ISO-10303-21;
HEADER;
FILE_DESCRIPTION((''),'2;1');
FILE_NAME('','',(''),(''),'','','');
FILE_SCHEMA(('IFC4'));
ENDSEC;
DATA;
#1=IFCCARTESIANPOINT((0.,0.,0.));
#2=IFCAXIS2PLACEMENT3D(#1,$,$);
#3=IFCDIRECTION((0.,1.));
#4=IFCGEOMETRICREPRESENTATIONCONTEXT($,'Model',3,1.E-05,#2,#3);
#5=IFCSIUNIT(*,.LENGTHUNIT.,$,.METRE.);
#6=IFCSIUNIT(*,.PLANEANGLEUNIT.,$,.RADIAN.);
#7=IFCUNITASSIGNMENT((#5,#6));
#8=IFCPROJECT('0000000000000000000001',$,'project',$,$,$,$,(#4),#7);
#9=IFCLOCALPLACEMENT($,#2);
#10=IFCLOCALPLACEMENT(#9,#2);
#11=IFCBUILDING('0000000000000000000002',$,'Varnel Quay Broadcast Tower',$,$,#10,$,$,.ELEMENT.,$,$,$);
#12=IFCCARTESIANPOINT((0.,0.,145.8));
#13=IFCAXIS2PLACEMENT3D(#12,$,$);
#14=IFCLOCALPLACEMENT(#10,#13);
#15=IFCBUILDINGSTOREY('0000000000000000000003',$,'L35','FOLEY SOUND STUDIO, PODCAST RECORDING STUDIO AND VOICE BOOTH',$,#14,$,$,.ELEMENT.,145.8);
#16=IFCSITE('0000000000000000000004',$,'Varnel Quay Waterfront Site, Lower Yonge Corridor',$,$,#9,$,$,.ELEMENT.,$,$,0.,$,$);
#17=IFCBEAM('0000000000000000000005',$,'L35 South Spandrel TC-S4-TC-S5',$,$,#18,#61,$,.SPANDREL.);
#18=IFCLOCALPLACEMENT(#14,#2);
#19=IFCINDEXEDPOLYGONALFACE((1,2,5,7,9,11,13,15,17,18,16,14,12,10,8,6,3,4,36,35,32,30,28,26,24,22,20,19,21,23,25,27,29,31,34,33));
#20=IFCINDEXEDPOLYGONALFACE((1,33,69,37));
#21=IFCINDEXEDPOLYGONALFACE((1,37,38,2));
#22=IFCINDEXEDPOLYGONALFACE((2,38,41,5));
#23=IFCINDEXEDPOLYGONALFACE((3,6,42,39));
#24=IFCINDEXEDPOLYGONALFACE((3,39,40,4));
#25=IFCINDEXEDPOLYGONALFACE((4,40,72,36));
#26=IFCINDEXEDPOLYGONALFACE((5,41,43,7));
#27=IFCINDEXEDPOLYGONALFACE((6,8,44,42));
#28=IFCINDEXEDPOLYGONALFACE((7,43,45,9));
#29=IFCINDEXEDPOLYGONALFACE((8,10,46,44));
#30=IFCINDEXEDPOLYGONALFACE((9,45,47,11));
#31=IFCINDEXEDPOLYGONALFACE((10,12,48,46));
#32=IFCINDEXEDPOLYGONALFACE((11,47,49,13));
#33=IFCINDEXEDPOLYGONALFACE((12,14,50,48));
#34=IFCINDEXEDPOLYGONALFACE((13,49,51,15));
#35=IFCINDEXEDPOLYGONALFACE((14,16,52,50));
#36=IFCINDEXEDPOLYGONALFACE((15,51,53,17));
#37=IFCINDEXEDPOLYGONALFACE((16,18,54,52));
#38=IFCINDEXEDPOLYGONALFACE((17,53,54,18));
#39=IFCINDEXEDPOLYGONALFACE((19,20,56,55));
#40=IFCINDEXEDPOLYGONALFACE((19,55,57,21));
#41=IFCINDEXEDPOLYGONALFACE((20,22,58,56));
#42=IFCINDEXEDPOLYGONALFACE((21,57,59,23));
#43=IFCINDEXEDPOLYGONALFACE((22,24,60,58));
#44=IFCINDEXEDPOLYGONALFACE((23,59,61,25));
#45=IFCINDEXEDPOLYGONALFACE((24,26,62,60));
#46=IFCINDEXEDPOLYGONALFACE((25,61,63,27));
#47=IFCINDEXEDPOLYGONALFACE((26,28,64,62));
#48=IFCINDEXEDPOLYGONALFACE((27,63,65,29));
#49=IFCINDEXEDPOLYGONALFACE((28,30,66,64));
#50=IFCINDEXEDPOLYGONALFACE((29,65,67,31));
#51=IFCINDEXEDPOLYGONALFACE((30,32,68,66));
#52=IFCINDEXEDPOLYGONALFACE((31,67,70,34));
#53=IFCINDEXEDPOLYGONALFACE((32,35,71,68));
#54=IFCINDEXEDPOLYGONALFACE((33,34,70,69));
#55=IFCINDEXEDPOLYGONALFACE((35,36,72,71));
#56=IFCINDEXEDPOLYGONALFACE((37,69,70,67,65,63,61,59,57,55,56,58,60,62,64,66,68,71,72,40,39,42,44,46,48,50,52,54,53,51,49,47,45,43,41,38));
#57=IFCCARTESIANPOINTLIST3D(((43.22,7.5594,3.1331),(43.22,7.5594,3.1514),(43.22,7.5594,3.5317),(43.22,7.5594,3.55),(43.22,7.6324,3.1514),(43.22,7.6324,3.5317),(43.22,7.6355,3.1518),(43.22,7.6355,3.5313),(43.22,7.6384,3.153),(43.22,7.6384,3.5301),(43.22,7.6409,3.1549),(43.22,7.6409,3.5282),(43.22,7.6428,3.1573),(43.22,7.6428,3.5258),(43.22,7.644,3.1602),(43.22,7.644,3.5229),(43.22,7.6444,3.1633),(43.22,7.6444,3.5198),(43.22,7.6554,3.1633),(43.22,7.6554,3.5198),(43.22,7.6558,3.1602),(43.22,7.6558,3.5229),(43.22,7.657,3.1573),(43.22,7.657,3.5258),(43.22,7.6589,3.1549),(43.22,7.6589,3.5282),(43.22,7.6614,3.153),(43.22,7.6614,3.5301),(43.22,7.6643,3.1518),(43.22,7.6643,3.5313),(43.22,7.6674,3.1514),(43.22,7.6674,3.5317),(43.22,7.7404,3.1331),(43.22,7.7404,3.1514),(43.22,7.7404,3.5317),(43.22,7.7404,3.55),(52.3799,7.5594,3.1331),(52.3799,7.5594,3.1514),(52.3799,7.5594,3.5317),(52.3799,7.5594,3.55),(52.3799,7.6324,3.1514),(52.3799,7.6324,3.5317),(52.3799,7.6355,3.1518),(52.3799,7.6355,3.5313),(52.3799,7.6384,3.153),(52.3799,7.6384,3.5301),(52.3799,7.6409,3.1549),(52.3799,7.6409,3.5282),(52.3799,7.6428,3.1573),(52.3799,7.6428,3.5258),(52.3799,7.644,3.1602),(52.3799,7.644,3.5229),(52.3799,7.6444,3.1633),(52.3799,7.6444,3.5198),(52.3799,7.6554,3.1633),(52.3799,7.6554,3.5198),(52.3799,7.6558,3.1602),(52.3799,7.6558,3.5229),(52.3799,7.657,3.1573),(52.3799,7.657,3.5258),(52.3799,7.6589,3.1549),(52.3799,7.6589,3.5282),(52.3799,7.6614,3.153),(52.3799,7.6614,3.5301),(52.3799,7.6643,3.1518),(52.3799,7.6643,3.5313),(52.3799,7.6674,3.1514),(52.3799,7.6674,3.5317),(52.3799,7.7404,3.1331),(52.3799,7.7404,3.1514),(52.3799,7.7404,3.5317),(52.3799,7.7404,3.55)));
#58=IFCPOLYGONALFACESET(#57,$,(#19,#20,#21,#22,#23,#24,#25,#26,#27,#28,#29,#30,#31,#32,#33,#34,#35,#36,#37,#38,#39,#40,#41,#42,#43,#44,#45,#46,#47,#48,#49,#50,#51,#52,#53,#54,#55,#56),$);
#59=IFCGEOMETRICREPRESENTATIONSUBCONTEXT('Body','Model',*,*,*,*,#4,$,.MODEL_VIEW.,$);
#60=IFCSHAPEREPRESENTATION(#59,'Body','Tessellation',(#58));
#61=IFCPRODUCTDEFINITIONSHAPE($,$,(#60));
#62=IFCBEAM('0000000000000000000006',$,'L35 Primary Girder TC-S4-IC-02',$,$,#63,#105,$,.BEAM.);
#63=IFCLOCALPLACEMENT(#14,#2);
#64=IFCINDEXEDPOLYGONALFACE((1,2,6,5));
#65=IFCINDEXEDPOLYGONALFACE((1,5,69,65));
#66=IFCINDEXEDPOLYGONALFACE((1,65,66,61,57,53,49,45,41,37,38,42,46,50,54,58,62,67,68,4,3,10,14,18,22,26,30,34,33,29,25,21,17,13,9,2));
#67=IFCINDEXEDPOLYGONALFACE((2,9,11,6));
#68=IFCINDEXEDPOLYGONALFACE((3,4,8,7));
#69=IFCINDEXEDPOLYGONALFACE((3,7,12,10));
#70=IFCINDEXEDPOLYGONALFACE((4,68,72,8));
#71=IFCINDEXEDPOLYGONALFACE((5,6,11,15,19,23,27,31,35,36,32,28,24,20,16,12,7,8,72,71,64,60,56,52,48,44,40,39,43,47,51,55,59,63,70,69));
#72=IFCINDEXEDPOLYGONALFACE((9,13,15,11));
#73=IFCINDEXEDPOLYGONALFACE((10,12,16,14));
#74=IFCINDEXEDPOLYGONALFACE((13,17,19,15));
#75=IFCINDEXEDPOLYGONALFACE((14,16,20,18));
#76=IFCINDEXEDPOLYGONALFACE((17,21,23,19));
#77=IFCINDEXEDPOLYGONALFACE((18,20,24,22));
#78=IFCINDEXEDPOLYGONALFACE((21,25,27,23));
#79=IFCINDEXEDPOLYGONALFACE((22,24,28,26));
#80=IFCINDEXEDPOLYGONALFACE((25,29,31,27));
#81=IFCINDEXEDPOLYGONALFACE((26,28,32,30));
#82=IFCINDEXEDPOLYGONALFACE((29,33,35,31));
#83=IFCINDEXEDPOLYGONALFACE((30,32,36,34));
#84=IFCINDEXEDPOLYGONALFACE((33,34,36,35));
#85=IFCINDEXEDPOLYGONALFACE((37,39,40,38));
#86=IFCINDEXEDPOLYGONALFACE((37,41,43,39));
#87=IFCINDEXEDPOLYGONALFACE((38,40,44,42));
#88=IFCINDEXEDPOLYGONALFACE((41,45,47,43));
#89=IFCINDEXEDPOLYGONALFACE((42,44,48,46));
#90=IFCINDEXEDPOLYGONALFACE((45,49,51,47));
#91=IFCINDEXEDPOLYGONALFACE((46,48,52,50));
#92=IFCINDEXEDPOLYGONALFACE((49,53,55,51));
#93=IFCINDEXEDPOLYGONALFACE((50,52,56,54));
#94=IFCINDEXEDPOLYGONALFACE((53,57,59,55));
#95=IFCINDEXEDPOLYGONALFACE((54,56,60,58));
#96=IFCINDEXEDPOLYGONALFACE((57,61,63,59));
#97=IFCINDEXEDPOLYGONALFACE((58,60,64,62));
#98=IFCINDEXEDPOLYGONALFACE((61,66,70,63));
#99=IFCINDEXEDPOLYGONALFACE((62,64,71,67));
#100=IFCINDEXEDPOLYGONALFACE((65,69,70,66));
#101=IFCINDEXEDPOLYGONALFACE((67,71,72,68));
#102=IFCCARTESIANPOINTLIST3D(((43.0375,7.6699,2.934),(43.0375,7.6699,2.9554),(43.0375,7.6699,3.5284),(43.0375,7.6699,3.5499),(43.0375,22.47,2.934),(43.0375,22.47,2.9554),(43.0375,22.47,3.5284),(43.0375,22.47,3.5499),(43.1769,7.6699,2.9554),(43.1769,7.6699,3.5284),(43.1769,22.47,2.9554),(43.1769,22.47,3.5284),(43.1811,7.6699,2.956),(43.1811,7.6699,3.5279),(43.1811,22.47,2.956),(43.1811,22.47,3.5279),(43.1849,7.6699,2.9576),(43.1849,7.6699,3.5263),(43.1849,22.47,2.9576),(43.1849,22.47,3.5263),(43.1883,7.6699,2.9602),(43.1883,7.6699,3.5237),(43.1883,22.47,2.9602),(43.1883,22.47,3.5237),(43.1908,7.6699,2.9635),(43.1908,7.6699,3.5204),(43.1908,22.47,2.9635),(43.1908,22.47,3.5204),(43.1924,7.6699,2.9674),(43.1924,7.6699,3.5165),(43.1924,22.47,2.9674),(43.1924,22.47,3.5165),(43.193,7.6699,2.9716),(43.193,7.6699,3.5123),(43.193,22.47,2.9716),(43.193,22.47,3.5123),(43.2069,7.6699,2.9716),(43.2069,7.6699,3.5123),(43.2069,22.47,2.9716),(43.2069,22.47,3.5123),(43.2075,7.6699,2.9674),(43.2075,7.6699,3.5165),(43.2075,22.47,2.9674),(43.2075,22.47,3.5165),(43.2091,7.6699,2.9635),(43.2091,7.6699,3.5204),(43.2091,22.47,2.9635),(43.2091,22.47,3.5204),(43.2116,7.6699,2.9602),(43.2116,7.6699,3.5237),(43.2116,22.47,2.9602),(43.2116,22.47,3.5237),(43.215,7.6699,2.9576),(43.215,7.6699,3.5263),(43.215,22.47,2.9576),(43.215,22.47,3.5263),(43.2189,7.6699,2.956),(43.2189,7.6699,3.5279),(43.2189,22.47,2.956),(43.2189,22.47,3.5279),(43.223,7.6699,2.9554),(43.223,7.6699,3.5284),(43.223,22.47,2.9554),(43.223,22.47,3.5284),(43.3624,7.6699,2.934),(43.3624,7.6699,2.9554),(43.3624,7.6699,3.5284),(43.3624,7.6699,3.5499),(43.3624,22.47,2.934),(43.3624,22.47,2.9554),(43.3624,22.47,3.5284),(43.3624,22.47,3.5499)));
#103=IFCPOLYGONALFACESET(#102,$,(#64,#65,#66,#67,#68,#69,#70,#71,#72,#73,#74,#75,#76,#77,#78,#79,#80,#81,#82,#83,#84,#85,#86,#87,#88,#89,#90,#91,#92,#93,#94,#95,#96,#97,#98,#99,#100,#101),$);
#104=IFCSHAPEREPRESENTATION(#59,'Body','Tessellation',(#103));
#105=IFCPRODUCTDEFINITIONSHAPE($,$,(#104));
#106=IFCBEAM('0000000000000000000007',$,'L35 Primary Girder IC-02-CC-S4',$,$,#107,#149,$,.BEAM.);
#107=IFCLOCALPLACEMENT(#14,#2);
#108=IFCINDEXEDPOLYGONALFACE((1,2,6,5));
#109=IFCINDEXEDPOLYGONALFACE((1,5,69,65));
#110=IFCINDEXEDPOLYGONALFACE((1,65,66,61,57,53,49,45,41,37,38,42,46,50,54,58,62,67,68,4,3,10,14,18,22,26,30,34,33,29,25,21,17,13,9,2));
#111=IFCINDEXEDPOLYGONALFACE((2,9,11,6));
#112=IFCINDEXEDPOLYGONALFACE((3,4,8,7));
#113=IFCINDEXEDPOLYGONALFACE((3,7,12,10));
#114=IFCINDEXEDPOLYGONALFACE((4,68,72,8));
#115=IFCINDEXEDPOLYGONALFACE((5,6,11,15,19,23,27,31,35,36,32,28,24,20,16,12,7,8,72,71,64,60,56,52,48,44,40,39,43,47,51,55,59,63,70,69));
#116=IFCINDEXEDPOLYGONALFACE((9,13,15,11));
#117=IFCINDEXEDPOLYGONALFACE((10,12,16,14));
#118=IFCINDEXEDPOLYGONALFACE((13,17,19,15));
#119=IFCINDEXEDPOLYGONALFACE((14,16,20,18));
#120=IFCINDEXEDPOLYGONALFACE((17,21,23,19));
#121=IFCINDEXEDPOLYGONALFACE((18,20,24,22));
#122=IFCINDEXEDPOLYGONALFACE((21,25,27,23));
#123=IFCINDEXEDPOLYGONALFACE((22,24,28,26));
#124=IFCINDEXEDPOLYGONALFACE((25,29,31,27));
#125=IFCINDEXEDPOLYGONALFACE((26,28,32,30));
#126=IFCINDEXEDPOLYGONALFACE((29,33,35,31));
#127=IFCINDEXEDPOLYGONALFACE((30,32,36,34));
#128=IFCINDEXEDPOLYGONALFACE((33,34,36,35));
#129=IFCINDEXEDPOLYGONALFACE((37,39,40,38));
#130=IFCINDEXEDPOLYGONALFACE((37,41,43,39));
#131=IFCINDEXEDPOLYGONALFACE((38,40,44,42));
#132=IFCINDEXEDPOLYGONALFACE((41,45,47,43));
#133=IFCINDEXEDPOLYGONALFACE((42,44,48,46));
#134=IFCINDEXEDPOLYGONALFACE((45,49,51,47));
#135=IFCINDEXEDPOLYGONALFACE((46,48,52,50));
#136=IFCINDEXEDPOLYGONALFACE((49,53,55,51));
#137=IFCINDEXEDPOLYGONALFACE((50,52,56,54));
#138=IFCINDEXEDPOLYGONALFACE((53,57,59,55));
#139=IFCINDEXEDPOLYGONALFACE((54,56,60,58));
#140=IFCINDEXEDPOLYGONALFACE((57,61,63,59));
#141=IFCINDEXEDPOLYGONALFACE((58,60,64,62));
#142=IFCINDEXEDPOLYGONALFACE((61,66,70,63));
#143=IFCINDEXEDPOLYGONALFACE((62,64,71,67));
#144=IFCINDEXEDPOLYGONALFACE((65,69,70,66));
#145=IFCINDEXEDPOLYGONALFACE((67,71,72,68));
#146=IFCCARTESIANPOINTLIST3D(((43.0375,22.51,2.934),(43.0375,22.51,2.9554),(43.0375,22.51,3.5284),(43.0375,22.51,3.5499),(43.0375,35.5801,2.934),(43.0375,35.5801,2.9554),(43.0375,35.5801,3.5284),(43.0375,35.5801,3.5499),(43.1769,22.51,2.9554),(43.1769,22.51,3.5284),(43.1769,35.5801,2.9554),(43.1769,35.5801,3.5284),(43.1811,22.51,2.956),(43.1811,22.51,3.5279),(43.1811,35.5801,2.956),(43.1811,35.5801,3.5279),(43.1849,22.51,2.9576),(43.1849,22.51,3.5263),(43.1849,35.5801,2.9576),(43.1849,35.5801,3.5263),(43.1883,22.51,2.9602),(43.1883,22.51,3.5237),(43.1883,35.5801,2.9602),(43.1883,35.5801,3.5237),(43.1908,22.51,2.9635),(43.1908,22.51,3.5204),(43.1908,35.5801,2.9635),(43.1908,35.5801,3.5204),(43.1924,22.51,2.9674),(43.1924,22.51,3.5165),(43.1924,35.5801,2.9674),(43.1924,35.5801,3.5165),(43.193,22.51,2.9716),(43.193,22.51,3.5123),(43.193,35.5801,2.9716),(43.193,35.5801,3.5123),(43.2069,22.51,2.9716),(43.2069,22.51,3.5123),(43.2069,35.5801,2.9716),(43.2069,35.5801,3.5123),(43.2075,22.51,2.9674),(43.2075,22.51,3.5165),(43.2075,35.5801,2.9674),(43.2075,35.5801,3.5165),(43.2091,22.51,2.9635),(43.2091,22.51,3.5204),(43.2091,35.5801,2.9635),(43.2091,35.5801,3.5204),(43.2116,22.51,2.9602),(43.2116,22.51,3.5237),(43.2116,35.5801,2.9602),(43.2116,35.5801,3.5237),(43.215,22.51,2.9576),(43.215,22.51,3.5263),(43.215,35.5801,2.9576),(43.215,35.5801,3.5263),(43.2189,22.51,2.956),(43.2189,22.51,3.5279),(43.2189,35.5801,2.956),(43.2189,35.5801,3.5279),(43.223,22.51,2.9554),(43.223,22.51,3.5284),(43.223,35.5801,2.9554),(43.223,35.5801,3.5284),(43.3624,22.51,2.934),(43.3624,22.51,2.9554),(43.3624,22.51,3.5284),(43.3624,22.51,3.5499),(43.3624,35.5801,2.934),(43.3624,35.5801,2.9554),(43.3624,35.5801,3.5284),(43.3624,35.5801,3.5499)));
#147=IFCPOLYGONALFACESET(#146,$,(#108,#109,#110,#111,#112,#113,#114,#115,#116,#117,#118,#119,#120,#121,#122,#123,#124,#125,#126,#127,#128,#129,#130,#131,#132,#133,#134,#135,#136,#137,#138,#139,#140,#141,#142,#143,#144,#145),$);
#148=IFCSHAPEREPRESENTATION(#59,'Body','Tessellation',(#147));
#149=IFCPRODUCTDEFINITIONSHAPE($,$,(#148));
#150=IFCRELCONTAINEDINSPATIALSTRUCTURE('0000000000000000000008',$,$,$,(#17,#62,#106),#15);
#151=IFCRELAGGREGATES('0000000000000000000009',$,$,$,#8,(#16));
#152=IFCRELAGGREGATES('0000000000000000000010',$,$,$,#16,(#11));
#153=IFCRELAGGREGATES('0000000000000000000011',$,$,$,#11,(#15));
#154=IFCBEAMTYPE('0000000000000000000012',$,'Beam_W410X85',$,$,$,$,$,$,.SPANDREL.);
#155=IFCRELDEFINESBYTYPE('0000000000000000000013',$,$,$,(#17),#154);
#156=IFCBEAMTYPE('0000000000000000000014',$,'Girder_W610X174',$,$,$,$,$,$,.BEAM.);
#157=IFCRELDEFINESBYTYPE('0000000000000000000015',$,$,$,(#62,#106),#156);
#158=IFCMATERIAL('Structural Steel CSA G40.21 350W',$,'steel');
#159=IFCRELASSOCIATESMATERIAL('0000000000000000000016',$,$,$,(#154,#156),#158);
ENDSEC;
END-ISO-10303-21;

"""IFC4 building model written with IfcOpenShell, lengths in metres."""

from ifc_helpers import new_model, si_unit, direction, frame, origin, origin_2d, place, context, subcontext, project, spatial, i_section, extrude, source, transform, mapped, material, material_profile, profile_set, type_object, type_shapes, element, save


model = new_model("IFC4")

# Units and contexts
model_context = context("Model", 3, precision=1e-05, world=origin(), true_north=direction((0.0, 1.0)))
body_context = subcontext(model_context, "Body", "Model", "MODEL_VIEW")
ifc_project = project(units=[si_unit("LENGTHUNIT", "METRE"), si_unit("PLANEANGLEUNIT", "RADIAN")], contexts=[model_context])

# Site, building, storey
site_placement = place(None, origin())
site = spatial("IfcSite", under=ifc_project, at=site_placement, Name="Varnel Quay Waterfront Site, Lower Yonge Corridor", CompositionType="ELEMENT", RefElevation=0.0)
building_placement = place(site_placement, origin())
building = spatial("IfcBuilding", under=site, at=building_placement, Name="Varnel Quay Broadcast Tower", CompositionType="ELEMENT")
storey_placement = place(building_placement, frame((0.0, 0.0, 145.8)))
storey = spatial("IfcBuildingStorey", under=building, at=storey_placement, Name="L35", Description="FOLEY SOUND STUDIO, PODCAST RECORDING STUDIO AND VOICE BOOTH", CompositionType="ELEMENT", Elevation=145.8)

# Shared definitions
ifc_material_1 = material(Name="Structural Steel CSA G40.21 350W", Category="steel")

# Beams
ifc_material_profile_1 = material_profile(ifc_material_1, i_section(OverallWidth=0.1809, OverallDepth=0.417, WebThickness=0.011, FlangeThickness=0.0183, FilletRadius=0.012, at=origin_2d()), Name="W410X85")
ifc_profile_set_1 = profile_set([ifc_material_profile_1], Name="Structural Steel CSA G40.21 350W")
beam_type_1 = type_object("IfcBeamType", Name="Beam_W410X85", PredefinedType="SPANDREL", material=ifc_profile_set_1)
shared_shape_1 = source(origin(), body_context, "Body", "SweptSolid", [
    extrude(i_section(OverallWidth=0.1809, OverallDepth=0.417, WebThickness=0.011, FlangeThickness=0.0183, FilletRadius=0.012, at=origin_2d()), origin(), (0.0, 0.0, 1.0), 9.1599),
])
type_shapes(beam_type_1, [shared_shape_1])
for number, where, z_axis, x_axis, name in (
    (1, (43.22, 7.6499, 3.3416), (1.0, 0.0, 0.0), (0.0, 1.0, 0.0), "L35 South Spandrel TC-S4-TC-S5"),
):
    element("IfcBeam", number, at=place(storey_placement, frame(where, z_axis=z_axis, x_axis=x_axis)), inside=storey, type_object=beam_type_1, Name=name, PredefinedType="SPANDREL", context=body_context, shape_type="MappedRepresentation", body=[
        mapped(shared_shape_1, transform((0.0, 0.0, 0.0), x_axis=(1.0, 0.0, 0.0), y_axis=(0.0, 1.0, 0.0), z_axis=(0.0, 0.0, 1.0), scale=1.0)),
    ])
ifc_material_profile_2 = material_profile(ifc_material_1, i_section(OverallWidth=0.325, OverallDepth=0.616, WebThickness=0.0139, FlangeThickness=0.0215, FilletRadius=0.0161, at=origin_2d()), Name="W610X174")
ifc_profile_set_2 = profile_set([ifc_material_profile_2], Name="Structural Steel CSA G40.21 350W")
beam_type_2 = type_object("IfcBeamType", Name="Girder_W610X174", PredefinedType="BEAM", material=ifc_profile_set_2)
shared_shape_2 = source(origin(), body_context, "Body", "SweptSolid", [
    extrude(i_section(OverallWidth=0.325, OverallDepth=0.616, WebThickness=0.0139, FlangeThickness=0.0215, FilletRadius=0.0161, at=origin_2d()), origin(), (0.0, 0.0, 1.0), 14.8),
])
beam_1_placement = place(storey_placement, frame((43.2, 7.6699, 3.2419), z_axis=(0.0, 1.0, 0.0), x_axis=(-1.0, 0.0, 0.0)))
element("IfcBeam", 2, at=beam_1_placement, inside=storey, type_object=beam_type_2, Name="L35 Primary Girder TC-S4-IC-02", PredefinedType="BEAM", context=body_context, shape_type="MappedRepresentation", body=[
    mapped(shared_shape_2, transform((0.0, 0.0, 0.0), x_axis=(1.0, 0.0, 0.0), y_axis=(0.0, 1.0, 0.0), z_axis=(0.0, 0.0, 1.0), scale=1.0)),
])
shared_shape_3 = source(origin(), body_context, "Body", "SweptSolid", [
    extrude(i_section(OverallWidth=0.325, OverallDepth=0.616, WebThickness=0.0139, FlangeThickness=0.0215, FilletRadius=0.0161, at=origin_2d()), origin(), (0.0, 0.0, 1.0), 13.0701),
])
beam_2_placement = place(storey_placement, frame((43.2, 22.51, 3.2419), z_axis=(0.0, 1.0, 0.0), x_axis=(-1.0, 0.0, 0.0)))
element("IfcBeam", 3, at=beam_2_placement, inside=storey, type_object=beam_type_2, Name="L35 Primary Girder IC-02-CC-S4", PredefinedType="BEAM", context=body_context, shape_type="MappedRepresentation", body=[
    mapped(shared_shape_3, transform((0.0, 0.0, 0.0), x_axis=(1.0, 0.0, 0.0), y_axis=(0.0, 1.0, 0.0), z_axis=(0.0, 0.0, 1.0), scale=1.0)),
])

save(model, "model.ifc")
